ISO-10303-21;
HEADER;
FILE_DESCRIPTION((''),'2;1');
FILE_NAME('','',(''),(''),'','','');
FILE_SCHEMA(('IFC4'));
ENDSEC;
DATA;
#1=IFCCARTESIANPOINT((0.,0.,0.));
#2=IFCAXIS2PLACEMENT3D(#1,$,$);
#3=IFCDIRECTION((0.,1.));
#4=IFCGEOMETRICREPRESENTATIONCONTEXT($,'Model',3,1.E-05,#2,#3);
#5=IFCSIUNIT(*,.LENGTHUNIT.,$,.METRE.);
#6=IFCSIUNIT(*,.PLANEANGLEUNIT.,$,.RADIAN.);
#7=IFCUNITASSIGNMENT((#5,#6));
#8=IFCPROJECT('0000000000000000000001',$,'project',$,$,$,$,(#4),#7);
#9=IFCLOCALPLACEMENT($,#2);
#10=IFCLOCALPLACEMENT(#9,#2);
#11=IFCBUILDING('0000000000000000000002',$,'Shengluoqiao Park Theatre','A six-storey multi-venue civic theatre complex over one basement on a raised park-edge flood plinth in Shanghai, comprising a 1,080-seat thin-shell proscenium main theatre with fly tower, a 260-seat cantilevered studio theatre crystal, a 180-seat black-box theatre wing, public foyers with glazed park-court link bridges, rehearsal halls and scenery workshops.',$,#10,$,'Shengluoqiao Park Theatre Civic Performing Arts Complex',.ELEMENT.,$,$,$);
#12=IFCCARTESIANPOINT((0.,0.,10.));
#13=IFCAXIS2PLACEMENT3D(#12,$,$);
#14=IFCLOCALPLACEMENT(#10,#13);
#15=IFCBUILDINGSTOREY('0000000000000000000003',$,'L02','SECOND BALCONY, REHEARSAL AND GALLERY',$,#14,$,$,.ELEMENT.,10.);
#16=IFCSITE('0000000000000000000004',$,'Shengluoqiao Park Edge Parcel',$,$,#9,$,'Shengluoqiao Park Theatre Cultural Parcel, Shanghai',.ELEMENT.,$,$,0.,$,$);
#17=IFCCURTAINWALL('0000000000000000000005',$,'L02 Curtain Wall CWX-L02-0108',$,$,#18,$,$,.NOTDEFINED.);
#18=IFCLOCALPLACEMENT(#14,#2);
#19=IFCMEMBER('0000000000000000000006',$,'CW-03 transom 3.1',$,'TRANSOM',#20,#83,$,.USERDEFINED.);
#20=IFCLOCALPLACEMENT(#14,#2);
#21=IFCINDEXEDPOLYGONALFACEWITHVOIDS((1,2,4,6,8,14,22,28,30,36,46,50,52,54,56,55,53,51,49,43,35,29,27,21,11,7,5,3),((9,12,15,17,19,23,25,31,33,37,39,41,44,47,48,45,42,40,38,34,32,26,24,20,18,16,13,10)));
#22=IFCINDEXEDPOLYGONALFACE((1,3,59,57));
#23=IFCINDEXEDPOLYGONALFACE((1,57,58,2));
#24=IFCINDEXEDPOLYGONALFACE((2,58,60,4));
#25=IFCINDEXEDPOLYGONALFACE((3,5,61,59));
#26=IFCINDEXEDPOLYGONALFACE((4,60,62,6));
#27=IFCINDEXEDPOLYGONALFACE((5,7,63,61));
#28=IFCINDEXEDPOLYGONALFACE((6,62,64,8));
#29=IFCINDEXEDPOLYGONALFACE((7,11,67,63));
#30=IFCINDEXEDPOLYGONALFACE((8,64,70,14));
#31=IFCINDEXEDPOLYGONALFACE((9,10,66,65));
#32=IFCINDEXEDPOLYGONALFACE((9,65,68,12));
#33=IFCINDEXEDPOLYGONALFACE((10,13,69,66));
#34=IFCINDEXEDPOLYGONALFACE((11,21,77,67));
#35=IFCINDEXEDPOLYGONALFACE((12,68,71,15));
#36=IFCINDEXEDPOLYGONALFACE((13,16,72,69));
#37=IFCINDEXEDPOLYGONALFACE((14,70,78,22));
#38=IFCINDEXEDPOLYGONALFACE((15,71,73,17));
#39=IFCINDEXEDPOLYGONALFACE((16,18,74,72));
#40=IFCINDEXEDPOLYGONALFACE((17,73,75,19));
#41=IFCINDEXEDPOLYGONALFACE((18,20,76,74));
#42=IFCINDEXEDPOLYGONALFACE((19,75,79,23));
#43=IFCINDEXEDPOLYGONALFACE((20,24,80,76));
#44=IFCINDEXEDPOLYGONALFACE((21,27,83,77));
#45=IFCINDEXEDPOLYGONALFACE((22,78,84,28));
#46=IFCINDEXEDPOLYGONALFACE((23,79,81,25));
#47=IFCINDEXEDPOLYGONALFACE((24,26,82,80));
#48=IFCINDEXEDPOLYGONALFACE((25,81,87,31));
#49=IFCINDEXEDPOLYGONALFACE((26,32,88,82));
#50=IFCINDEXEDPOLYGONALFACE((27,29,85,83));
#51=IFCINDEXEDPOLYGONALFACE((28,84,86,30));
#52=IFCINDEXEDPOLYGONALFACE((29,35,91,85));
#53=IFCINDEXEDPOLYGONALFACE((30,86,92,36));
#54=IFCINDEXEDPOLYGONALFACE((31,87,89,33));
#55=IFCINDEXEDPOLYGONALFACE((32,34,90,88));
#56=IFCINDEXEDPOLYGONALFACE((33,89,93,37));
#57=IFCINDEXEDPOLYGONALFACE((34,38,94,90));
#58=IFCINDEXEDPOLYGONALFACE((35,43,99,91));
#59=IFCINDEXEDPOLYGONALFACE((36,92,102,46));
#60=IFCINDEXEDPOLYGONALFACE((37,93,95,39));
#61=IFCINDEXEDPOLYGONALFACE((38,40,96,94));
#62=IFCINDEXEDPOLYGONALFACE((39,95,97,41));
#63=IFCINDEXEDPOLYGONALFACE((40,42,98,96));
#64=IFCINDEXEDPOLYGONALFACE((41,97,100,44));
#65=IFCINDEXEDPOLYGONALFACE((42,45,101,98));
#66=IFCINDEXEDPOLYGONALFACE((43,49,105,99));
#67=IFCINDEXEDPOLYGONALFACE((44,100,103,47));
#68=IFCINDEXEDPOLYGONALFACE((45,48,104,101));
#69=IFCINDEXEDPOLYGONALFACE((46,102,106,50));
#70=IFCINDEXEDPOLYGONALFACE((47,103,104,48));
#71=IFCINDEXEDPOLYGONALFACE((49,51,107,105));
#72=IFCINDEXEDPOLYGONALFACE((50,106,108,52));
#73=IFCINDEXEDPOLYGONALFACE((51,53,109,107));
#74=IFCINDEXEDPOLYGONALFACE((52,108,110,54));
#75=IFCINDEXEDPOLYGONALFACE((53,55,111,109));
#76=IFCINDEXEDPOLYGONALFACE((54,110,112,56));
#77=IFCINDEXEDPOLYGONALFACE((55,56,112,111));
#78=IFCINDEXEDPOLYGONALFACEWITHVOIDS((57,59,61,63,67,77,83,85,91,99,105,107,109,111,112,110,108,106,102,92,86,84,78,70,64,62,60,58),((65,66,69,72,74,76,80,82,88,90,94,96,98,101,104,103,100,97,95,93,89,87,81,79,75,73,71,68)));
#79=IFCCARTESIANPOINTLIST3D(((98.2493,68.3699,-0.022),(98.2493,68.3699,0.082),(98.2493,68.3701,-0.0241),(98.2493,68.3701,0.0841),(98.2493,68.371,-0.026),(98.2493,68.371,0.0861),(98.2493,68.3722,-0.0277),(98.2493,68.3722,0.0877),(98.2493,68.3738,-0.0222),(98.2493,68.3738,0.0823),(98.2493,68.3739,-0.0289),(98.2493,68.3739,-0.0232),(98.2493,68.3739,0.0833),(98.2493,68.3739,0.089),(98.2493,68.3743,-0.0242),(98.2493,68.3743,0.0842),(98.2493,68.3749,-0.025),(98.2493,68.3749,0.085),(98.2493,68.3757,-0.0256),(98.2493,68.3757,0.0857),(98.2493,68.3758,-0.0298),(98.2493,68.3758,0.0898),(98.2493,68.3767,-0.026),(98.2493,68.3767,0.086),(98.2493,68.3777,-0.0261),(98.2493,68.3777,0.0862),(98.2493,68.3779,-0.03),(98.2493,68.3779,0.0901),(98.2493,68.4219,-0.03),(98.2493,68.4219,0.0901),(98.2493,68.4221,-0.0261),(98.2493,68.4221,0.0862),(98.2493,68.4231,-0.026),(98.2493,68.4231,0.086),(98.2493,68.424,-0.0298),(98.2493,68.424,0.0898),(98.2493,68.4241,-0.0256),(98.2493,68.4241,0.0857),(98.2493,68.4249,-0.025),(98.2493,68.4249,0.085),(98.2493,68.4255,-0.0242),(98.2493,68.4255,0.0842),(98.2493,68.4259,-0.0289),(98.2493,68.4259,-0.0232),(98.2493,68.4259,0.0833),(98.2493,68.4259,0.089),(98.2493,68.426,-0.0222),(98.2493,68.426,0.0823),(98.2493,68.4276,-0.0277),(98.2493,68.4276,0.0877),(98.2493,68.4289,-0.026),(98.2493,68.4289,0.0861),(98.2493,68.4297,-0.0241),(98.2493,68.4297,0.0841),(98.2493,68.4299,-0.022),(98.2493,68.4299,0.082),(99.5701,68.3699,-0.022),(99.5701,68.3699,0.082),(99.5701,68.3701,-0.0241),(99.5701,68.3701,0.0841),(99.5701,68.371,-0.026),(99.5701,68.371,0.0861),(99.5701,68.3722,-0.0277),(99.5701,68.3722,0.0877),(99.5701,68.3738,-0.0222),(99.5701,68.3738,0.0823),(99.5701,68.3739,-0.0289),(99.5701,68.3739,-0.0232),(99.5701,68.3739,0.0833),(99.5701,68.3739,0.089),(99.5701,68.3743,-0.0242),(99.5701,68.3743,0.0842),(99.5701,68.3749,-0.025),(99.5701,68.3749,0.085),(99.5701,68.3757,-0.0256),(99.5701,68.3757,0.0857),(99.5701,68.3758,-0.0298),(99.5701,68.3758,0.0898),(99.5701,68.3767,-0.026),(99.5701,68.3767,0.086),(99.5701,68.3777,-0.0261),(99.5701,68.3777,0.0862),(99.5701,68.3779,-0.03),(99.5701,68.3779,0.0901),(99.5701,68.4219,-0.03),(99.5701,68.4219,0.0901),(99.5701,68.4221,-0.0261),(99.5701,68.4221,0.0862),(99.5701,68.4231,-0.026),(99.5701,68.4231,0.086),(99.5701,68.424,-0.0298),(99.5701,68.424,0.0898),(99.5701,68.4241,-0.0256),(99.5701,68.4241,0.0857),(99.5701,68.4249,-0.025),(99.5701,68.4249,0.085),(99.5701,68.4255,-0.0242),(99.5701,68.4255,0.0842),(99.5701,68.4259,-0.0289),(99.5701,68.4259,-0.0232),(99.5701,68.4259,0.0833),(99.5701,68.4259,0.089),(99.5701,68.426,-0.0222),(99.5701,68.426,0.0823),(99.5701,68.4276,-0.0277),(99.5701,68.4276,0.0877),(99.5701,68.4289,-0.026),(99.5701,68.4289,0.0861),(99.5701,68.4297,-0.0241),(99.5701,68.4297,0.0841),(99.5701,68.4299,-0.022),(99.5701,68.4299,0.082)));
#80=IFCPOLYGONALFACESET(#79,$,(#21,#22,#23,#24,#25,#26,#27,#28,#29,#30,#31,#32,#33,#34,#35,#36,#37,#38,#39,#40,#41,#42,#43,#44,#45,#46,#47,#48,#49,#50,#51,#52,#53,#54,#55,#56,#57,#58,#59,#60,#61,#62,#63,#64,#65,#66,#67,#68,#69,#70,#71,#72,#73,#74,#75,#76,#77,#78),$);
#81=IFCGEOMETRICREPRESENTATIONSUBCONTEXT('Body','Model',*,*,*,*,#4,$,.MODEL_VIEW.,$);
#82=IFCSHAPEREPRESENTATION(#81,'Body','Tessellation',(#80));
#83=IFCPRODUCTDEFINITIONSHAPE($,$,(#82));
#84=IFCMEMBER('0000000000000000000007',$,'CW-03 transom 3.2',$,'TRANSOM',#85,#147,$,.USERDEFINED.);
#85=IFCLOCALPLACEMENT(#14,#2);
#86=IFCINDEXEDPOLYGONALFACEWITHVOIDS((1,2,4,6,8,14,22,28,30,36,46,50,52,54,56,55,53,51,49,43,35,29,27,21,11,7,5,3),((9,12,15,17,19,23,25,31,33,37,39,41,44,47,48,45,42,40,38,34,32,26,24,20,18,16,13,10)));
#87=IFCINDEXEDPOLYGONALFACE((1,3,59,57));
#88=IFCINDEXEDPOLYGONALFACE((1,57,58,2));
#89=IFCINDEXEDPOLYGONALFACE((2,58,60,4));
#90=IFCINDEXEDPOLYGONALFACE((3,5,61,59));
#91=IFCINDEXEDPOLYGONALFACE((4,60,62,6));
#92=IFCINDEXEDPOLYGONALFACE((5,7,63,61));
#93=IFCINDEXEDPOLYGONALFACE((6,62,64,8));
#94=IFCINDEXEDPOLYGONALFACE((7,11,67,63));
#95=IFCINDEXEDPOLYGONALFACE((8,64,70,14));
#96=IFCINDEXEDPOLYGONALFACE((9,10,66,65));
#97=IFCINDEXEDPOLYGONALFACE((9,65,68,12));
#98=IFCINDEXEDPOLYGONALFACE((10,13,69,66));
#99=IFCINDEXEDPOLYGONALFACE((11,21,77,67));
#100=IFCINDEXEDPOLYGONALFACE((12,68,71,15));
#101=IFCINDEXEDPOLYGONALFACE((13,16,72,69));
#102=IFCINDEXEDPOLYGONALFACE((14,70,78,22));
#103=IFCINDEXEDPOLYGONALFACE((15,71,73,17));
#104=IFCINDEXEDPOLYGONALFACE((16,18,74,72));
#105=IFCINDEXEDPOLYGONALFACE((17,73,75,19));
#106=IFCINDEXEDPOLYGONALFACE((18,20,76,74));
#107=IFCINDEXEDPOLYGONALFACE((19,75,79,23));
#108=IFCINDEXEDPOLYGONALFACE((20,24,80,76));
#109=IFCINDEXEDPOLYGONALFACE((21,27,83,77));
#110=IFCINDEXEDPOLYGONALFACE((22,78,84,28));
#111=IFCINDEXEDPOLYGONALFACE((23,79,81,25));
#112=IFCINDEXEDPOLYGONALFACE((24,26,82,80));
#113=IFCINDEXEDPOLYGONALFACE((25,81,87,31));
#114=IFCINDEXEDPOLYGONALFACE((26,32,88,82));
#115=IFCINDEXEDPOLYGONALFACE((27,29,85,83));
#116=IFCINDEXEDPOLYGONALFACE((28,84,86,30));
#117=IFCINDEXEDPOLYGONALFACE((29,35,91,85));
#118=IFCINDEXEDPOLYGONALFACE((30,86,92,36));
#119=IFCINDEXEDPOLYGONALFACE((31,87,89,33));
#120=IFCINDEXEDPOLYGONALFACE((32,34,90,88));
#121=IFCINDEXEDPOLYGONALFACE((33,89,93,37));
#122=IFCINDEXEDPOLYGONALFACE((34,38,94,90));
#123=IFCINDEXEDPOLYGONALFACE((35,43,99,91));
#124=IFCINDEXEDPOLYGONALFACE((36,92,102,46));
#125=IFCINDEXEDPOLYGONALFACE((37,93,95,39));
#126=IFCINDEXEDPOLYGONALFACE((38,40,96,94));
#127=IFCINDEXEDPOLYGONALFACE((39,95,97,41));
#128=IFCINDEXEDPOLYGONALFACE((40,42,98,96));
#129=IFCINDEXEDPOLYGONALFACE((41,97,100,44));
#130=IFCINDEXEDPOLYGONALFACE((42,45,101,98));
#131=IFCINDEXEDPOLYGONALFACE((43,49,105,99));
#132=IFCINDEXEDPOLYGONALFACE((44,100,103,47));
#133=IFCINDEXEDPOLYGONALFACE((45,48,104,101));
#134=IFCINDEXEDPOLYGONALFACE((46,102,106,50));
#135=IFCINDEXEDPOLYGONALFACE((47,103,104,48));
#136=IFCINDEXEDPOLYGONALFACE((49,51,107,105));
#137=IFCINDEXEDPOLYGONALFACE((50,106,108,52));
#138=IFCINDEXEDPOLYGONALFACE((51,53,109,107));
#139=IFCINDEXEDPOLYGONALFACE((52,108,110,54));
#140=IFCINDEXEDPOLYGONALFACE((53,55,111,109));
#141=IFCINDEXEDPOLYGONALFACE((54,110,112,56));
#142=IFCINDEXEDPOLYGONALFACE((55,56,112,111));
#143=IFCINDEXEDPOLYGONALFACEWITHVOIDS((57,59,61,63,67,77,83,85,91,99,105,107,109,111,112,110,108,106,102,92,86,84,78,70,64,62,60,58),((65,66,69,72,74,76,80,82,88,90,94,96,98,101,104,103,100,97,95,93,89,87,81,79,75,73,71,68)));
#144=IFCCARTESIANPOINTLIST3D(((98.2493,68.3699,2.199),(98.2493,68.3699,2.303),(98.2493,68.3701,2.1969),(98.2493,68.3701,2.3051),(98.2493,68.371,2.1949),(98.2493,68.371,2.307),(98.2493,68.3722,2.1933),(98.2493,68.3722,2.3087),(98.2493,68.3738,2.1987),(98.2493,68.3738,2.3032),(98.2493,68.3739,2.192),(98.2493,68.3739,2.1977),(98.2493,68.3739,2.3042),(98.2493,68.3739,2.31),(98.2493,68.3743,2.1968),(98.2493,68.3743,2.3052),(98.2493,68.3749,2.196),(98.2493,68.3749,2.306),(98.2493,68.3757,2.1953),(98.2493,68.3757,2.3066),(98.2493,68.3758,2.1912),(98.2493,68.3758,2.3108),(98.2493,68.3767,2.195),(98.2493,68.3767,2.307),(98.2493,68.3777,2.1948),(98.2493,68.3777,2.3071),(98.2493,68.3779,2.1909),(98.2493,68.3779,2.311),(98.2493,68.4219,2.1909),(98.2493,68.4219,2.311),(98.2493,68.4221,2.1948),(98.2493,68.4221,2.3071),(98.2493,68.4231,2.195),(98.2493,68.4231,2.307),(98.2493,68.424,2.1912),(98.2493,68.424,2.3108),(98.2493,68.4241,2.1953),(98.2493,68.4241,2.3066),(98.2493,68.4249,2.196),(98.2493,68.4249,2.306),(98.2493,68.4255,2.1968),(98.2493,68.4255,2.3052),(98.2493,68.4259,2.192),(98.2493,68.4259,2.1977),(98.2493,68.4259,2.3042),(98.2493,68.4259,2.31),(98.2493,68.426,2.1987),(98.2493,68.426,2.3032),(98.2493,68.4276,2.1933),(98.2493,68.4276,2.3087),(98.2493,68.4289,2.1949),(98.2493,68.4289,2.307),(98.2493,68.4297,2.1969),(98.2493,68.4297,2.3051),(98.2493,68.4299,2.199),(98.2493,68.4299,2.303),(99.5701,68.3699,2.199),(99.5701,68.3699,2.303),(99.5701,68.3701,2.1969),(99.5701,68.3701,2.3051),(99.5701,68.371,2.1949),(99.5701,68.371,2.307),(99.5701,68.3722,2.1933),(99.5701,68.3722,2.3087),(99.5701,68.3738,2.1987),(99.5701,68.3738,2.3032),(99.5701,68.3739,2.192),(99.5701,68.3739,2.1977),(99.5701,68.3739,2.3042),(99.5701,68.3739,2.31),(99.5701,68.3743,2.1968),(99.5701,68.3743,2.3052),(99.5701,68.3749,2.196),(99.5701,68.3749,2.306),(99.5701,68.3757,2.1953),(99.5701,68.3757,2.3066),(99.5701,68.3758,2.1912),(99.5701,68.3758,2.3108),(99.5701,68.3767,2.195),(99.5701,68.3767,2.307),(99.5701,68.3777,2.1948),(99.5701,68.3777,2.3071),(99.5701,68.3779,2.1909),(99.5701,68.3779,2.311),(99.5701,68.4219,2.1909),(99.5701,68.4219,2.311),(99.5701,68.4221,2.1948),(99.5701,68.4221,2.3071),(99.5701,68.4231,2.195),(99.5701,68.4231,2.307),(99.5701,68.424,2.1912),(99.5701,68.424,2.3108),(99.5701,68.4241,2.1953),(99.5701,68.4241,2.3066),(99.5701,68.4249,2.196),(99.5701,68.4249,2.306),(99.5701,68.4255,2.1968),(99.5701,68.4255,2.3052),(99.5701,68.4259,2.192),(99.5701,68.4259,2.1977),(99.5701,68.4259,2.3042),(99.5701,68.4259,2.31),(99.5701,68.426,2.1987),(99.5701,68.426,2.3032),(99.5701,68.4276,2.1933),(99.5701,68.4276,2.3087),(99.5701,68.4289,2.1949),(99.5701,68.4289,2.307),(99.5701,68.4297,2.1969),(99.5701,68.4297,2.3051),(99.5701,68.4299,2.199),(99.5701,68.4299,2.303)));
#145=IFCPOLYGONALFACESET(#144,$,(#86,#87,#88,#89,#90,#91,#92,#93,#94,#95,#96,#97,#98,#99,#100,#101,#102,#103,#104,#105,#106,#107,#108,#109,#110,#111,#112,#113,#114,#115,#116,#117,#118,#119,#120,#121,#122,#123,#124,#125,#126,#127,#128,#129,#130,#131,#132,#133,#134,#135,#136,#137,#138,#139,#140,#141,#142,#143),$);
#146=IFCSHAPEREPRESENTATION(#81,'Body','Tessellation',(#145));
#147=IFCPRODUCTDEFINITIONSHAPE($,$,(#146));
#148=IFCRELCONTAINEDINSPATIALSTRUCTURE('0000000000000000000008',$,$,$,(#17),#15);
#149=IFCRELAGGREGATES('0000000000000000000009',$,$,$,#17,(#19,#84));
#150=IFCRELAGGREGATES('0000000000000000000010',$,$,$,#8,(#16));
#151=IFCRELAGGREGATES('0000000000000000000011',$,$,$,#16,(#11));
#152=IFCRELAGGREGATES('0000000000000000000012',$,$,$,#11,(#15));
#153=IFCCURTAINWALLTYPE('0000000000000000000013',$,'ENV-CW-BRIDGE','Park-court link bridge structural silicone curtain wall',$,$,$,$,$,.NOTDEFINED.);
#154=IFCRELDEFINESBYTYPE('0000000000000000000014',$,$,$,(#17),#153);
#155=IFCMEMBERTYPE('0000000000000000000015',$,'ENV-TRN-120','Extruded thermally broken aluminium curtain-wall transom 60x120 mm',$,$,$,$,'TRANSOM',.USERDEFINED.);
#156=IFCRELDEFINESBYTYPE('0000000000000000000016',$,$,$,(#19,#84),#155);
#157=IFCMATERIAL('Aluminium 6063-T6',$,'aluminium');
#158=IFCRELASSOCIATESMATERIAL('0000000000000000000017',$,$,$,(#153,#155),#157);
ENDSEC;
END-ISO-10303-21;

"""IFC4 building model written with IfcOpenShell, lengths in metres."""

from ifc_helpers import new_model, si_unit, direction, frame, origin, origin_2d, place, context, subcontext, project, spatial, hollow_rectangle, extrude, material, material_profile, profile_set, type_object, element, aggregate, save


model = new_model("IFC4")

# Units and contexts
model_context = context("Model", 3, precision=1e-05, world=origin(), true_north=direction((0.0, 1.0)))
body_context = subcontext(model_context, "Body", "Model", "MODEL_VIEW")
ifc_project = project(units=[si_unit("LENGTHUNIT", "METRE"), si_unit("PLANEANGLEUNIT", "RADIAN")], contexts=[model_context])

# Site, building, storey
site_placement = place(None, origin())
site = spatial("IfcSite", under=ifc_project, at=site_placement, Name="Shengluoqiao Park Edge Parcel", LongName="Shengluoqiao Park Theatre Cultural Parcel, Shanghai", CompositionType="ELEMENT", RefElevation=0.0)
building_placement = place(site_placement, origin())
building = spatial("IfcBuilding", under=site, at=building_placement, Name="Shengluoqiao Park Theatre", Description="A six-storey multi-venue civic theatre complex over one basement on a raised park-edge flood plinth in Shanghai, comprising a 1,080-seat thin-shell proscenium main theatre with fly tower, a 260-seat cantilevered studio theatre crystal, a 180-seat black-box theatre wing, public foyers with glazed park-court link bridges, rehearsal halls and scenery workshops.", LongName="Shengluoqiao Park Theatre Civic Performing Arts Complex", CompositionType="ELEMENT")
storey_placement = place(building_placement, frame((0.0, 0.0, 10.0)))
storey = spatial("IfcBuildingStorey", under=building, at=storey_placement, Name="L02", Description="SECOND BALCONY, REHEARSAL AND GALLERY", CompositionType="ELEMENT", Elevation=10.0)

# Curtain wall, members
ifc_material_1 = material(Name="Aluminium 6063-T6", Category="aluminium")
curtain_wall_type = type_object("IfcCurtainWallType", Name="ENV-CW-BRIDGE", Description="Park-court link bridge structural silicone curtain wall", PredefinedType="NOTDEFINED", material=ifc_material_1)
curtain_wall_placement = place(storey_placement, origin())
curtain_wall = element("IfcCurtainWall", 1, at=curtain_wall_placement, inside=storey, type_object=curtain_wall_type, Name="L02 Curtain Wall CWX-L02-0108", PredefinedType="NOTDEFINED")
ifc_material_profile_1 = material_profile(ifc_material_1, hollow_rectangle(XDim=0.0601, YDim=0.1201, WallThickness=0.0039, InnerFilletRadius=0.0039, OuterFilletRadius=0.0081, at=origin_2d()), Name="ALU TRANSOM 120x60x4")
ifc_profile_set_1 = profile_set([ifc_material_profile_1], Name="Aluminium 6063-T6")
member_type_1 = type_object("IfcMemberType", Name="ENV-TRN-120", Description="Extruded thermally broken aluminium curtain-wall transom 60x120 mm", ElementType="TRANSOM", PredefinedType="USERDEFINED", material=ifc_profile_set_1)
member_1_placement = place(storey_placement, frame((98.2493, 68.3999, 0.03), z_axis=(1.0, 0.0, 0.0), x_axis=(0.0, 1.0, 0.0)))
member_1 = element("IfcMember", 2, at=member_1_placement, type_object=member_type_1, Name="CW-03 transom 3.1", ObjectType="TRANSOM", PredefinedType="USERDEFINED", context=body_context, shape_type="SweptSolid", body=[
    extrude(hollow_rectangle(XDim=0.0601, YDim=0.1201, WallThickness=0.0039, InnerFilletRadius=0.0039, OuterFilletRadius=0.0081, at=origin_2d()), origin(), (0.0, 0.0, 1.0), 1.3208),
])
member_2_placement = place(storey_placement, frame((98.2493, 68.3999, 2.251), z_axis=(1.0, 0.0, 0.0), x_axis=(0.0, 1.0, 0.0)))
member_2 = element("IfcMember", 3, at=member_2_placement, type_object=member_type_1, Name="CW-03 transom 3.2", ObjectType="TRANSOM", PredefinedType="USERDEFINED", context=body_context, shape_type="SweptSolid", body=[
    extrude(hollow_rectangle(XDim=0.0601, YDim=0.1201, WallThickness=0.0039, InnerFilletRadius=0.0039, OuterFilletRadius=0.0081, at=origin_2d()), origin(), (0.0, 0.0, 1.0), 1.3208),
])

aggregate(curtain_wall, [member_1, member_2])

save(model, "model.ifc")
